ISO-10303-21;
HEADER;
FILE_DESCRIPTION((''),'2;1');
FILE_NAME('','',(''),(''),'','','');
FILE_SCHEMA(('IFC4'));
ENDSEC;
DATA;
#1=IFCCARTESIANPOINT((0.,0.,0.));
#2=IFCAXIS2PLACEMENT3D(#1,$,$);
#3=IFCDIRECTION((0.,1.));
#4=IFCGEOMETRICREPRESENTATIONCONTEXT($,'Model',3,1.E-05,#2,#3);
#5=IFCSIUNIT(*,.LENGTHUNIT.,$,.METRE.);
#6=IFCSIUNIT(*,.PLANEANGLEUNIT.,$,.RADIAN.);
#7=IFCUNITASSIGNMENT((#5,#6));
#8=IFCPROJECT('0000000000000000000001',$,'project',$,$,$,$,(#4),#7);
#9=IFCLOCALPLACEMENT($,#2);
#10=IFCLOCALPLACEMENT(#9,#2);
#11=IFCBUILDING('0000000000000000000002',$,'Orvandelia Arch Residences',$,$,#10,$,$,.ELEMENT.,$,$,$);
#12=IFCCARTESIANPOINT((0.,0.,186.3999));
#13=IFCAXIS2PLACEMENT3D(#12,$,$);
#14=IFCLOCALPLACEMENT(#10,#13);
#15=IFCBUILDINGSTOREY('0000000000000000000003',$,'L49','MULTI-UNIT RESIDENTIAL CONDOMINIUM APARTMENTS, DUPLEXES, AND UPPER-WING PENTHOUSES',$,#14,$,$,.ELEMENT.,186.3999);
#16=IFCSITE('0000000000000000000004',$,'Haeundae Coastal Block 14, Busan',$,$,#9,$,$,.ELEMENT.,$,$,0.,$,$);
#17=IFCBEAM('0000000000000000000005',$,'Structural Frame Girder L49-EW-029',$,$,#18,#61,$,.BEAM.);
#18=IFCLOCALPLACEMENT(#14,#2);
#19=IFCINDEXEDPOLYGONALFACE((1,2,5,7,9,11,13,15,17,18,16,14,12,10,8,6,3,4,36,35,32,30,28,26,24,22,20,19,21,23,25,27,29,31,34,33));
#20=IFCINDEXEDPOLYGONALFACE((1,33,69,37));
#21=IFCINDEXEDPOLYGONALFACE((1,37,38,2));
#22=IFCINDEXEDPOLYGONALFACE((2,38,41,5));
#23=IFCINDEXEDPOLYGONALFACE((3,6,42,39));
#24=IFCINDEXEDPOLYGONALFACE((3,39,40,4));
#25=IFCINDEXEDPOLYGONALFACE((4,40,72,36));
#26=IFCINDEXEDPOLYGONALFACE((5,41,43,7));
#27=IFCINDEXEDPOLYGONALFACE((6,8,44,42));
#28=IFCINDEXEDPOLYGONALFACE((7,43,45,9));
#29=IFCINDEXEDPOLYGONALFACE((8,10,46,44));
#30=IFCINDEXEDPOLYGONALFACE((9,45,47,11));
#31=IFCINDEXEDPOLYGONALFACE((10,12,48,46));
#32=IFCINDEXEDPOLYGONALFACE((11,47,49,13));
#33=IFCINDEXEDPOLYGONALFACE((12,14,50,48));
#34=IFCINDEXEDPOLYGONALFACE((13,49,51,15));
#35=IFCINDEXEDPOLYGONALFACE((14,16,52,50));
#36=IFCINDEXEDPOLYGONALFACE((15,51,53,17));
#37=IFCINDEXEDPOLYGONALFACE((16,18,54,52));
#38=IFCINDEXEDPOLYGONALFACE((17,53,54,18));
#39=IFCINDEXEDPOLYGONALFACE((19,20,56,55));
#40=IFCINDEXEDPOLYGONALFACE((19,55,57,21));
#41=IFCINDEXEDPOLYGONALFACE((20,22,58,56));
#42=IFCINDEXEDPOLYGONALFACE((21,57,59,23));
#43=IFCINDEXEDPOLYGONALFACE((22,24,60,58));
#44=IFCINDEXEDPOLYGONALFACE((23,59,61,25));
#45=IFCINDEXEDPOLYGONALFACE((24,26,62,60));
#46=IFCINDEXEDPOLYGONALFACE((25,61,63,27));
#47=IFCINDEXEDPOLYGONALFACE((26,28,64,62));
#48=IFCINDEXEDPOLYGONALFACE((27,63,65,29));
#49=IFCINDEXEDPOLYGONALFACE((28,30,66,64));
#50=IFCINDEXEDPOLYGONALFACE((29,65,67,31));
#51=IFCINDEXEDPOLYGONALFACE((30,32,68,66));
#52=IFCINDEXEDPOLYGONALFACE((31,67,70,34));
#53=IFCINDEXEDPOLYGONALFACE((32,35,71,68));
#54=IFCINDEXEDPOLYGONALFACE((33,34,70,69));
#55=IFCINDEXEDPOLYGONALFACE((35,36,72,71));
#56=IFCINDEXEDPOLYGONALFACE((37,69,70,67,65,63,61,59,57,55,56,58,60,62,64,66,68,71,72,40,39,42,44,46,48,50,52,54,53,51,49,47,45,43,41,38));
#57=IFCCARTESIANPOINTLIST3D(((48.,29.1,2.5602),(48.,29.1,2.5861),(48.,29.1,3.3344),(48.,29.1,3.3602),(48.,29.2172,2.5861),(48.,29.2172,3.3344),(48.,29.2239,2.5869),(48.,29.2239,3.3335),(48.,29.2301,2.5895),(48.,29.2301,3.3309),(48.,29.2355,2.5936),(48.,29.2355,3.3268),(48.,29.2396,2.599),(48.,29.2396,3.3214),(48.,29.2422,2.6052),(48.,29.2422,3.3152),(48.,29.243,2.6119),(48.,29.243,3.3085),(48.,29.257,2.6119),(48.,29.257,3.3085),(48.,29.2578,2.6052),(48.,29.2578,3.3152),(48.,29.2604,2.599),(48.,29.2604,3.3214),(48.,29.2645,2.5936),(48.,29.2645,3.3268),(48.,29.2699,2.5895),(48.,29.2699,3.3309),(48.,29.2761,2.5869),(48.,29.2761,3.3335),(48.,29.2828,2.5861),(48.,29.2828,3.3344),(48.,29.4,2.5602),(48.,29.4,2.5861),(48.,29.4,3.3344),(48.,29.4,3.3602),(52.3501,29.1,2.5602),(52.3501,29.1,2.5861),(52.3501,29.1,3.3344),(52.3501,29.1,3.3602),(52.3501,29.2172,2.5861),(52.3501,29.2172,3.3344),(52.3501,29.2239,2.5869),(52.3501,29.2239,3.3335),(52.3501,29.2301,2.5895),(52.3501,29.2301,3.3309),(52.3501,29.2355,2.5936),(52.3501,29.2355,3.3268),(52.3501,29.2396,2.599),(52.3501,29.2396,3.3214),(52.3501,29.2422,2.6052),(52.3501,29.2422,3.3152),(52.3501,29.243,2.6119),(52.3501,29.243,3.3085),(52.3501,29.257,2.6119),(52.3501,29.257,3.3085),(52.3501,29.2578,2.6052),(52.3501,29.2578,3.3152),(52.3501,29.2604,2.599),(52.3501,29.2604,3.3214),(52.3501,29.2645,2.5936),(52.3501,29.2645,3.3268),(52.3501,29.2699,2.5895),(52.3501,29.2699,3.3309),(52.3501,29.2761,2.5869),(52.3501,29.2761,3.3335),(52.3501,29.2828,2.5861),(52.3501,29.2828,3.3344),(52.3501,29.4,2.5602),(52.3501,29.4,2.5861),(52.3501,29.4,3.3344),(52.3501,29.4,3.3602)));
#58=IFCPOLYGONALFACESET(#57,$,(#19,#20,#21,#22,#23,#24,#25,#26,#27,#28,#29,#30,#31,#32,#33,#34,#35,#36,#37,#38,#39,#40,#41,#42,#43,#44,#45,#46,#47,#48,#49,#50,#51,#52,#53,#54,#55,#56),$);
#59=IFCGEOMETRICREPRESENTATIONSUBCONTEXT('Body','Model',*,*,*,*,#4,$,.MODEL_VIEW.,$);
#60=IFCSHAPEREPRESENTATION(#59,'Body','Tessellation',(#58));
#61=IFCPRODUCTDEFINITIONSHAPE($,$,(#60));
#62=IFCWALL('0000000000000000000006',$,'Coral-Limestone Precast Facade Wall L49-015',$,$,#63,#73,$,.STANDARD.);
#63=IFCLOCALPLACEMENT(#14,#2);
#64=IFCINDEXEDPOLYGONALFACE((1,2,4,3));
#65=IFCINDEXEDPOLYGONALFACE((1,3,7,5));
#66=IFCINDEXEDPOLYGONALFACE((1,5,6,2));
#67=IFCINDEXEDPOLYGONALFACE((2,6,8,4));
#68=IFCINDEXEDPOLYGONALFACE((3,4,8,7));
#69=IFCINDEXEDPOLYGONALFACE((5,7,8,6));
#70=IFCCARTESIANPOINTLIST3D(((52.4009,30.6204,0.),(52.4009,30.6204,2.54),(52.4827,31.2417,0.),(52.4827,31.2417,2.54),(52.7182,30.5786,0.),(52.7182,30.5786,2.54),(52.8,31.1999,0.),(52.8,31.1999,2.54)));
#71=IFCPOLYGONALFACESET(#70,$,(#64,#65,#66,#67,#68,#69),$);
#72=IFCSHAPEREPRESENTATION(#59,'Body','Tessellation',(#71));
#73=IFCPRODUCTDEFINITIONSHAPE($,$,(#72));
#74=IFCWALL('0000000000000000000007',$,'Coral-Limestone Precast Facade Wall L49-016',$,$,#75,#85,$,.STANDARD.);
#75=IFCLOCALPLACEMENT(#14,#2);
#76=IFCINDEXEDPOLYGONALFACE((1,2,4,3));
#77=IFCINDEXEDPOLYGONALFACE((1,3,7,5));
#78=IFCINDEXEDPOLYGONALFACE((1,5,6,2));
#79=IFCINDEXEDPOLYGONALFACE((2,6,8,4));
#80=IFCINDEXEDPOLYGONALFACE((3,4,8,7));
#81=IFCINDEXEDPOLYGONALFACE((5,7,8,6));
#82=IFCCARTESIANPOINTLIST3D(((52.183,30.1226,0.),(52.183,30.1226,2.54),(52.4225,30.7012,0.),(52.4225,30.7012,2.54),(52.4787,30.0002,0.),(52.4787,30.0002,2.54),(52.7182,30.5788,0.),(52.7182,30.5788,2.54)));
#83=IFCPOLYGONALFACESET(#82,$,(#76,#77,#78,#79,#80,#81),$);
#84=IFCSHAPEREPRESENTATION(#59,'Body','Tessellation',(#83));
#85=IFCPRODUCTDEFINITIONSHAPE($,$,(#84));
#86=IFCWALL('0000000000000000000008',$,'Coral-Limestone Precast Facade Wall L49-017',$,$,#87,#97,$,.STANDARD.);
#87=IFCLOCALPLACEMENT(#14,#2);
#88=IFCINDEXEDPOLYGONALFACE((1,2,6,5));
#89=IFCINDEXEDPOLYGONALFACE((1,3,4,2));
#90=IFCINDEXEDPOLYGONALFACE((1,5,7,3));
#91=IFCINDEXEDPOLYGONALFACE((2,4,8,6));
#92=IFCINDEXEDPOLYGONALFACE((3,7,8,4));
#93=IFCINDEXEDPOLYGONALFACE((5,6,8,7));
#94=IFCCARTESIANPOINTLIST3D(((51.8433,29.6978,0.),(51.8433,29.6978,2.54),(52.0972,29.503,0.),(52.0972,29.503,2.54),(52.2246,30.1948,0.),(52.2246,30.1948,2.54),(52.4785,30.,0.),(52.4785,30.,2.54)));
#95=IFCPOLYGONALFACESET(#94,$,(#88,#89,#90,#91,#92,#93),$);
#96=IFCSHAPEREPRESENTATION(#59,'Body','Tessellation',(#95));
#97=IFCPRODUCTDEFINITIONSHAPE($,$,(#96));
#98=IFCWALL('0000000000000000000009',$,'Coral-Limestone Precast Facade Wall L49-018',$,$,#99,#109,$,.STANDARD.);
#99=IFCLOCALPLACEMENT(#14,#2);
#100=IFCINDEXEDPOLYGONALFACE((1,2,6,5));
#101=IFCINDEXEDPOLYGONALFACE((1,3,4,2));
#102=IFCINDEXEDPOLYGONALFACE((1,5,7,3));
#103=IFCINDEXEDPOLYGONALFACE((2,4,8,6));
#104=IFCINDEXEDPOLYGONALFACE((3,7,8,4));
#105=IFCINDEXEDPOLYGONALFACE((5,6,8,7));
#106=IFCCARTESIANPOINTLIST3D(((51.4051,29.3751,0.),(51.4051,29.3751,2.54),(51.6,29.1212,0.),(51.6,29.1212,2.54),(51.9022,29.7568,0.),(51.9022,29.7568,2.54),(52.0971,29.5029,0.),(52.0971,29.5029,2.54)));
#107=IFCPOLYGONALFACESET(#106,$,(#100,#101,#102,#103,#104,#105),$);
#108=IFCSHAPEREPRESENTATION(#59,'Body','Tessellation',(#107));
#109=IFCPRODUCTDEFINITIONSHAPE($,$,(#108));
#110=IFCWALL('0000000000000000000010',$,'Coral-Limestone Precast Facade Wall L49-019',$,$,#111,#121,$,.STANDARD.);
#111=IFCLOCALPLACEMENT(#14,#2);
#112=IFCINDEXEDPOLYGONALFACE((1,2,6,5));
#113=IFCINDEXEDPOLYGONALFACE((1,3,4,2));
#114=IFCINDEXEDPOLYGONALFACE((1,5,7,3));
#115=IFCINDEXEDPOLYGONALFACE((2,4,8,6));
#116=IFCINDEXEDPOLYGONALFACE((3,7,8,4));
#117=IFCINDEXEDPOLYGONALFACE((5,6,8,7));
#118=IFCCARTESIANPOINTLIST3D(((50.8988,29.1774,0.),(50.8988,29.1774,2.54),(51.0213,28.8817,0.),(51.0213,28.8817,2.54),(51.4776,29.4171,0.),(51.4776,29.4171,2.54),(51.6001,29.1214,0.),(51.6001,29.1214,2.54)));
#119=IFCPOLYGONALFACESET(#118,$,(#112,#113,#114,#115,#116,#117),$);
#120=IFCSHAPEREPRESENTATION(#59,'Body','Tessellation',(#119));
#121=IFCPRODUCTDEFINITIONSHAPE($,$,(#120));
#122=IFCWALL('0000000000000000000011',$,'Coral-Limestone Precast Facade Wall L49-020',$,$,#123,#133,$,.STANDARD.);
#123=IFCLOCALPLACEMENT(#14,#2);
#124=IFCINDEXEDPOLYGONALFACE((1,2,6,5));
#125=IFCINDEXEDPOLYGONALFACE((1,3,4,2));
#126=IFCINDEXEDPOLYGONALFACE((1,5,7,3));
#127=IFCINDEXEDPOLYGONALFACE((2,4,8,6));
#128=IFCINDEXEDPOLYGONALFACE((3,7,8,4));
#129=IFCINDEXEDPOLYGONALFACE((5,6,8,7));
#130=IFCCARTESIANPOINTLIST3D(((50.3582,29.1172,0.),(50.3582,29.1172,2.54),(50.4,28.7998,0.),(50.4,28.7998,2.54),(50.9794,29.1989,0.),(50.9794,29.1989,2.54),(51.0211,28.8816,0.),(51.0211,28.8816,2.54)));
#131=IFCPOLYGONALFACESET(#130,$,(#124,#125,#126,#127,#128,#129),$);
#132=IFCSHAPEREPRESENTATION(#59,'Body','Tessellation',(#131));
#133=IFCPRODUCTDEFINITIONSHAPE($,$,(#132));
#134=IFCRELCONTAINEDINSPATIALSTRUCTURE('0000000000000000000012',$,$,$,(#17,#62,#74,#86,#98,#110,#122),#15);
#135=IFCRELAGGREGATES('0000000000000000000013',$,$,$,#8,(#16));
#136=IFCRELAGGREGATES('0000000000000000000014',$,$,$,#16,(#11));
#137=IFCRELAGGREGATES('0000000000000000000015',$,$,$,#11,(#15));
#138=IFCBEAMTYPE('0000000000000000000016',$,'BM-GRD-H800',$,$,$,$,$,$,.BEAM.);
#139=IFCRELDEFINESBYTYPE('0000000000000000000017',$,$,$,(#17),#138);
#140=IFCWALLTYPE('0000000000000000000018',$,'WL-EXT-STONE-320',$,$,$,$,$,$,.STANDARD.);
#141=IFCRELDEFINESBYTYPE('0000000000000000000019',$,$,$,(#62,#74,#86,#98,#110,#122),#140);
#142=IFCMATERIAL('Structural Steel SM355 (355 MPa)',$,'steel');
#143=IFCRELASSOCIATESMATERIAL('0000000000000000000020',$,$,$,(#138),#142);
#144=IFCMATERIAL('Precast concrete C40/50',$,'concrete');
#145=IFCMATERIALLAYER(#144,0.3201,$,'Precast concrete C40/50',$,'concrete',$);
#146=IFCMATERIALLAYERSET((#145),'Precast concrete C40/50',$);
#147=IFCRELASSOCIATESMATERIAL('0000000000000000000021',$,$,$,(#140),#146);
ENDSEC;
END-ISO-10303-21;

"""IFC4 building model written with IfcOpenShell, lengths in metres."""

from ifc_helpers import new_model, si_unit, direction, frame, frame_2d, origin, origin_2d, place, context, subcontext, project, spatial, rectangle, i_section, extrude, material, layer, layer_set, material_profile, profile_set, type_object, element, save


model = new_model("IFC4")

# Units and contexts
model_context = context("Model", 3, precision=1e-05, world=origin(), true_north=direction((0.0, 1.0)))
body_context = subcontext(model_context, "Body", "Model", "MODEL_VIEW")
ifc_project = project(units=[si_unit("LENGTHUNIT", "METRE"), si_unit("PLANEANGLEUNIT", "RADIAN")], contexts=[model_context])

# Site, building, storey
site_placement = place(None, origin())
site = spatial("IfcSite", under=ifc_project, at=site_placement, Name="Haeundae Coastal Block 14, Busan", CompositionType="ELEMENT", RefElevation=0.0)
building_placement = place(site_placement, origin())
building = spatial("IfcBuilding", under=site, at=building_placement, Name="Orvandelia Arch Residences", CompositionType="ELEMENT")
storey_placement = place(building_placement, frame((0.0, 0.0, 186.3999)))
storey = spatial("IfcBuildingStorey", under=building, at=storey_placement, Name="L49", Description="MULTI-UNIT RESIDENTIAL CONDOMINIUM APARTMENTS, DUPLEXES, AND UPPER-WING PENTHOUSES", CompositionType="ELEMENT", Elevation=186.3999)

# Beam
ifc_material_1 = material(Name="Structural Steel SM355 (355 MPa)", Category="steel")
ifc_material_profile_1 = material_profile(ifc_material_1, i_section(OverallWidth=0.3, OverallDepth=0.8, WebThickness=0.0139, FlangeThickness=0.0259, FilletRadius=0.0259, at=origin_2d()), Name="Structural Steel SM355 (355 MPa)", Category="steel")
ifc_profile_set_1 = profile_set([ifc_material_profile_1], Name="Structural Steel SM355 (355 MPa)")
beam_type = type_object("IfcBeamType", Name="BM-GRD-H800", PredefinedType="BEAM", material=ifc_profile_set_1)
beam_1_placement = place(storey_placement, frame((48.0, 29.25, 2.9602), z_axis=(1.0, 0.0, 0.0), x_axis=(0.0, 1.0, 0.0)))
element("IfcBeam", 1, at=beam_1_placement, inside=storey, type_object=beam_type, Name="Structural Frame Girder L49-EW-029", PredefinedType="BEAM", context=body_context, shape_type="SweptSolid", body=[
    extrude(i_section(OverallWidth=0.3, OverallDepth=0.8, WebThickness=0.0139, FlangeThickness=0.0259, FilletRadius=0.0259, at=origin_2d()), origin(), (0.0, 0.0, 1.0), 4.3501),
])

# Walls
ifc_material_2 = material(Name="Precast concrete C40/50", Category="concrete")
ifc_layer_1 = layer(ifc_material_2, 0.3201, Name="Precast concrete C40/50", Category="concrete")
ifc_layer_set_1 = layer_set([ifc_layer_1], Name="Precast concrete C40/50")
wall_type_1 = type_object("IfcWallType", Name="WL-EXT-STONE-320", PredefinedType="STANDARD", material=ifc_layer_set_1)
wall_1_placement = place(storey_placement, frame((52.6414, 31.2209, 0.0), z_axis=(0.0, 0.0, 1.0), x_axis=(-0.130505, -0.991448, 0.0)))
element("IfcWall", 2, at=wall_1_placement, inside=storey, type_object=wall_type_1, Name="Coral-Limestone Precast Facade Wall L49-015", PredefinedType="STANDARD", context=body_context, shape_type="SweptSolid", body=[
    extrude(rectangle(XDim=0.6267, YDim=0.3201, at=frame_2d((0.3135, 0.0))), origin(), (0.0, 0.0, 1.0), 2.54),
])
wall_2_placement = place(storey_placement, frame((52.5703, 30.6399, 0.0), z_axis=(0.0, 0.0, 1.0), x_axis=(-0.382455, -0.923974, 0.0)))
element("IfcWall", 3, at=wall_2_placement, inside=storey, type_object=wall_type_1, Name="Coral-Limestone Precast Facade Wall L49-016", PredefinedType="STANDARD", context=body_context, shape_type="SweptSolid", body=[
    extrude(rectangle(XDim=0.6262, YDim=0.3201, at=frame_2d((0.313, 0.0))), origin(), (0.0, 0.0, 1.0), 2.54),
])
wall_3_placement = place(storey_placement, frame((52.3516, 30.0974, 0.0), z_axis=(0.0, 0.0, 1.0), x_axis=(-0.608693, -0.793406, 0.0)))
element("IfcWall", 4, at=wall_3_placement, inside=storey, type_object=wall_type_1, Name="Coral-Limestone Precast Facade Wall L49-017", PredefinedType="STANDARD", context=body_context, shape_type="SweptSolid", body=[
    extrude(rectangle(XDim=0.6265, YDim=0.3201, at=frame_2d((0.3132, 0.0))), origin(), (0.0, 0.0, 1.0), 2.54),
])
wall_4_placement = place(storey_placement, frame((51.9998, 29.6299, 0.0), z_axis=(0.0, 0.0, 1.0), x_axis=(-0.793217, -0.608939, 0.0)))
element("IfcWall", 5, at=wall_4_placement, inside=storey, type_object=wall_type_1, Name="Coral-Limestone Precast Facade Wall L49-018", PredefinedType="STANDARD", context=body_context, shape_type="SweptSolid", body=[
    extrude(rectangle(XDim=0.6267, YDim=0.3201, at=frame_2d((0.3135, 0.0))), origin(), (0.0, 0.0, 1.0), 2.54),
])
for number, where, z_axis, x_axis, name in (
    (6, (51.5388, 29.2693, 0.0), (0.0, 0.0, 1.0), (-0.923893, -0.38265, 0.0), "Coral-Limestone Precast Facade Wall L49-019"),
    (7, (51.0002, 29.0403, 0.0), (0.0, 0.0, 1.0), (-0.991441, -0.130555, 0.0), "Coral-Limestone Precast Facade Wall L49-020"),
):
    element("IfcWall", number, at=place(storey_placement, frame(where, z_axis=z_axis, x_axis=x_axis)), inside=storey, type_object=wall_type_1, Name=name, PredefinedType="STANDARD", context=body_context, shape_type="SweptSolid", body=[
        extrude(rectangle(XDim=0.6265, YDim=0.3201, at=frame_2d((0.3132, 0.0))), origin(), (0.0, 0.0, 1.0), 2.54),
    ])

save(model, "model.ifc")
